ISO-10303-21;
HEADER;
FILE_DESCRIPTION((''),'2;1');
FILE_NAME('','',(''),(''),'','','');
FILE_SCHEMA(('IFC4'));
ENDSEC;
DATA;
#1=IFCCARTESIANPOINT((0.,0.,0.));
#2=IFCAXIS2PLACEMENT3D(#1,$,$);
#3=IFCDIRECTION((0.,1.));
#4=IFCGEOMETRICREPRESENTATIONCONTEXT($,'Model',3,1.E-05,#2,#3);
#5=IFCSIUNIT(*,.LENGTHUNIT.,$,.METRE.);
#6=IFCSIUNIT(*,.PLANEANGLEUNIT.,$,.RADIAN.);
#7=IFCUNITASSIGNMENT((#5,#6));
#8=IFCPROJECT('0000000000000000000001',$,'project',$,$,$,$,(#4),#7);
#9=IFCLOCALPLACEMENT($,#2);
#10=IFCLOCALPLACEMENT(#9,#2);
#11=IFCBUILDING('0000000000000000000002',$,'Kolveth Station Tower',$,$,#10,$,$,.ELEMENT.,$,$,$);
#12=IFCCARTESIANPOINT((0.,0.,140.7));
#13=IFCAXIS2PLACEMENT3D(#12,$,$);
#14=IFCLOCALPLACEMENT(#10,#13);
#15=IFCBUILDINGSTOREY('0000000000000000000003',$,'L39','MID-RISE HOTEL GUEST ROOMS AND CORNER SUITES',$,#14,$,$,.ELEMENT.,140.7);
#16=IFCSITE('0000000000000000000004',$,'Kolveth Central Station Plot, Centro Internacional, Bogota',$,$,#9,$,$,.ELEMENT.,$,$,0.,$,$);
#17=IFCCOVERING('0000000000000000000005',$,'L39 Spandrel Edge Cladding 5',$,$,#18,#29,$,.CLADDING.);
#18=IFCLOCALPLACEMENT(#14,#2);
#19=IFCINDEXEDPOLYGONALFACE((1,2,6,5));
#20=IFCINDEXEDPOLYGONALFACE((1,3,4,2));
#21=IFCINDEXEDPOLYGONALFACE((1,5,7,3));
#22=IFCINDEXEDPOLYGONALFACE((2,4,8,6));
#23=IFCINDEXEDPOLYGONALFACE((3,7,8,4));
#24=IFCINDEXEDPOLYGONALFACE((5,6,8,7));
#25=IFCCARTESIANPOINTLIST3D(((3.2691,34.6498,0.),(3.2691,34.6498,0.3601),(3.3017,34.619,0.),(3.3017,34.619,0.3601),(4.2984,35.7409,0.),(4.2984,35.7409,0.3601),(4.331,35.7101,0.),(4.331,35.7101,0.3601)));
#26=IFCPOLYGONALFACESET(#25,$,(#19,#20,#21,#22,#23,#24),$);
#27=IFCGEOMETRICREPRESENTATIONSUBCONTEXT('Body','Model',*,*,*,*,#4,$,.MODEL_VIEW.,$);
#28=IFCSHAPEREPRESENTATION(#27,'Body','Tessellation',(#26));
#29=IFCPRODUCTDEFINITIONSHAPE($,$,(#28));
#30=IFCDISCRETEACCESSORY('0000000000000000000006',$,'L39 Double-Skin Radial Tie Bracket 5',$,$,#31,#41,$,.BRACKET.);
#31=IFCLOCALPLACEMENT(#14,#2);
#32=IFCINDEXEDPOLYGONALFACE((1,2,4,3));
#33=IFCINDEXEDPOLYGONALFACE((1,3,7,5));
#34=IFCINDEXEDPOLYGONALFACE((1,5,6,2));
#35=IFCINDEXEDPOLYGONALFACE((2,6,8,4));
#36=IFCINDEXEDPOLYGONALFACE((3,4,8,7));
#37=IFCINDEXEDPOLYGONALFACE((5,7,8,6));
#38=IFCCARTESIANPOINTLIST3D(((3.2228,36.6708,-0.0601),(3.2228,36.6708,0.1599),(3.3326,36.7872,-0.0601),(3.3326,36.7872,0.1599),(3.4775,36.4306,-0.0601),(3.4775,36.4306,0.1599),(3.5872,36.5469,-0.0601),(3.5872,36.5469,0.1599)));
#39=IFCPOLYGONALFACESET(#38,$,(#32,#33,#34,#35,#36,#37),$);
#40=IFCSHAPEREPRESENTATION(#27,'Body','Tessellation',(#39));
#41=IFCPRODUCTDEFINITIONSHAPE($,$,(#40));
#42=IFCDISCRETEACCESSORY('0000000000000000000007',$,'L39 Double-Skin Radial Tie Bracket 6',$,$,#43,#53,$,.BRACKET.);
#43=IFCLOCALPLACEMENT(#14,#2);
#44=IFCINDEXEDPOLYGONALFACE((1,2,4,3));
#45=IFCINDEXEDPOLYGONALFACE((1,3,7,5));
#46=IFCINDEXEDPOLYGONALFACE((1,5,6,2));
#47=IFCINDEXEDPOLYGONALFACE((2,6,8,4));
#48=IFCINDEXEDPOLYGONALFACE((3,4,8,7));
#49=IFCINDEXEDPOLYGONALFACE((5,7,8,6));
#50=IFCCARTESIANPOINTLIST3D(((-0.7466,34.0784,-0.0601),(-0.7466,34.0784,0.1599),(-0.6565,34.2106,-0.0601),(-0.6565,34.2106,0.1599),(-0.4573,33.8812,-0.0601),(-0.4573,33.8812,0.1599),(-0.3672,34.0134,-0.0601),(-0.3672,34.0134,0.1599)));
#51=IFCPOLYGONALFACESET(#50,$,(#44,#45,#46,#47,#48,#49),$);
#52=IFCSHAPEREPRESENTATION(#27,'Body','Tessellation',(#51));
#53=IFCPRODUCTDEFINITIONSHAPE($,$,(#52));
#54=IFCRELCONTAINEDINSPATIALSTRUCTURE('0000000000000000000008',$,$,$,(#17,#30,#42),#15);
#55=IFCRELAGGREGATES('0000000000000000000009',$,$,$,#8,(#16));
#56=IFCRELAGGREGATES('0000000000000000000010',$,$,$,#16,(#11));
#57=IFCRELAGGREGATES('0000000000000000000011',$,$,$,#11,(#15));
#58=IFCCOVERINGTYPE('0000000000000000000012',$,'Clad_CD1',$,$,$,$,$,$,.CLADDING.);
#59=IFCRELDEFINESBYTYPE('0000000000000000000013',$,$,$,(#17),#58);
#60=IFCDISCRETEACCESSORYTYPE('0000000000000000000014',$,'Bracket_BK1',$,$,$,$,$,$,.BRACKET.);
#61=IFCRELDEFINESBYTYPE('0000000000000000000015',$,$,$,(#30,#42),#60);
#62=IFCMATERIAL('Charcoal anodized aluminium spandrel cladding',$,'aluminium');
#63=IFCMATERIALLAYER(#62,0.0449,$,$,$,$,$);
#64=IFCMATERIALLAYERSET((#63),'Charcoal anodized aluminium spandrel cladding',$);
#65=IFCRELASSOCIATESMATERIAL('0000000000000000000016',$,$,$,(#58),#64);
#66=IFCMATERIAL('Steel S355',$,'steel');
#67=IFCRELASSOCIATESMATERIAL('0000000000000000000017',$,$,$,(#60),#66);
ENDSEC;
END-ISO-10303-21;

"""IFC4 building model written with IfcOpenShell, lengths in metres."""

from ifc_helpers import new_model, si_unit, direction, frame, origin, origin_2d, place, context, subcontext, project, spatial, rectangle, extrude, source, transform, mapped, material, layer, layer_set, type_object, element, save


model = new_model("IFC4")

# Units and contexts
model_context = context("Model", 3, precision=1e-05, world=origin(), true_north=direction((0.0, 1.0)))
body_context = subcontext(model_context, "Body", "Model", "MODEL_VIEW")
ifc_project = project(units=[si_unit("LENGTHUNIT", "METRE"), si_unit("PLANEANGLEUNIT", "RADIAN")], contexts=[model_context])

# Site, building, storey
site_placement = place(None, origin())
site = spatial("IfcSite", under=ifc_project, at=site_placement, Name="Kolveth Central Station Plot, Centro Internacional, Bogota", CompositionType="ELEMENT", RefElevation=0.0)
building_placement = place(site_placement, origin())
building = spatial("IfcBuilding", under=site, at=building_placement, Name="Kolveth Station Tower", CompositionType="ELEMENT")
storey_placement = place(building_placement, frame((0.0, 0.0, 140.7)))
storey = spatial("IfcBuildingStorey", under=building, at=storey_placement, Name="L39", Description="MID-RISE HOTEL GUEST ROOMS AND CORNER SUITES", CompositionType="ELEMENT", Elevation=140.7)

# Covering
ifc_material_1 = material(Name="Charcoal anodized aluminium spandrel cladding", Category="aluminium")
ifc_layer_1 = layer(ifc_material_1, 0.0449)
ifc_layer_set_1 = layer_set([ifc_layer_1], Name="Charcoal anodized aluminium spandrel cladding")
covering_type = type_object("IfcCoveringType", Name="Clad_CD1", PredefinedType="CLADDING", material=ifc_layer_set_1)
shared_shape_1 = source(origin(), body_context, "Body", "SweptSolid", [
    extrude(rectangle(XDim=1.5, YDim=0.0449, at=origin_2d()), origin(), (0.0, 0.0, 1.0), 0.3601),
])
covering_placement = place(storey_placement, frame((3.8, 35.1799, 0.0), z_axis=(0.0, 0.0, 1.0), x_axis=(-0.686199, -0.727414, 0.0)))
element("IfcCovering", 1, at=covering_placement, inside=storey, type_object=covering_type, Name="L39 Spandrel Edge Cladding 5", PredefinedType="CLADDING", context=body_context, shape_type="MappedRepresentation", body=[
    mapped(shared_shape_1, transform((0.0, 0.0, 0.0), x_axis=(1.0, 0.0, 0.0), y_axis=(0.0, 1.0, 0.0), z_axis=(0.0, 0.0, 1.0), scale=1.0)),
])

# Discrete accessories
ifc_material_2 = material(Name="Steel S355", Category="steel")
discrete_accessory_type = type_object("IfcDiscreteAccessoryType", Name="Bracket_BK1", PredefinedType="BRACKET", material=ifc_material_2)
shared_shape_2 = source(origin(), body_context, "Body", "SweptSolid", [
    extrude(rectangle(XDim=0.3501, YDim=0.1599, at=origin_2d()), origin(), (0.0, 0.0, 1.0), 0.22),
])
for number, where, z_axis, x_axis, name in (
    (2, (3.405, 36.6089, -0.0601), (0.0, 0.0, 1.0), (-0.727414, 0.686199, 0.0), "L39 Double-Skin Radial Tie Bracket 5"),
    (3, (-0.5569, 34.0459, -0.0601), (0.0, 0.0, 1.0), (-0.826295, 0.563238, 0.0), "L39 Double-Skin Radial Tie Bracket 6"),
):
    element("IfcDiscreteAccessory", number, at=place(storey_placement, frame(where, z_axis=z_axis, x_axis=x_axis)), inside=storey, type_object=discrete_accessory_type, Name=name, PredefinedType="BRACKET", context=body_context, shape_type="MappedRepresentation", body=[
        mapped(shared_shape_2, transform((0.0, 0.0, 0.0), x_axis=(1.0, 0.0, 0.0), y_axis=(0.0, 1.0, 0.0), z_axis=(0.0, 0.0, 1.0), scale=1.0)),
    ])

save(model, "model.ifc")
